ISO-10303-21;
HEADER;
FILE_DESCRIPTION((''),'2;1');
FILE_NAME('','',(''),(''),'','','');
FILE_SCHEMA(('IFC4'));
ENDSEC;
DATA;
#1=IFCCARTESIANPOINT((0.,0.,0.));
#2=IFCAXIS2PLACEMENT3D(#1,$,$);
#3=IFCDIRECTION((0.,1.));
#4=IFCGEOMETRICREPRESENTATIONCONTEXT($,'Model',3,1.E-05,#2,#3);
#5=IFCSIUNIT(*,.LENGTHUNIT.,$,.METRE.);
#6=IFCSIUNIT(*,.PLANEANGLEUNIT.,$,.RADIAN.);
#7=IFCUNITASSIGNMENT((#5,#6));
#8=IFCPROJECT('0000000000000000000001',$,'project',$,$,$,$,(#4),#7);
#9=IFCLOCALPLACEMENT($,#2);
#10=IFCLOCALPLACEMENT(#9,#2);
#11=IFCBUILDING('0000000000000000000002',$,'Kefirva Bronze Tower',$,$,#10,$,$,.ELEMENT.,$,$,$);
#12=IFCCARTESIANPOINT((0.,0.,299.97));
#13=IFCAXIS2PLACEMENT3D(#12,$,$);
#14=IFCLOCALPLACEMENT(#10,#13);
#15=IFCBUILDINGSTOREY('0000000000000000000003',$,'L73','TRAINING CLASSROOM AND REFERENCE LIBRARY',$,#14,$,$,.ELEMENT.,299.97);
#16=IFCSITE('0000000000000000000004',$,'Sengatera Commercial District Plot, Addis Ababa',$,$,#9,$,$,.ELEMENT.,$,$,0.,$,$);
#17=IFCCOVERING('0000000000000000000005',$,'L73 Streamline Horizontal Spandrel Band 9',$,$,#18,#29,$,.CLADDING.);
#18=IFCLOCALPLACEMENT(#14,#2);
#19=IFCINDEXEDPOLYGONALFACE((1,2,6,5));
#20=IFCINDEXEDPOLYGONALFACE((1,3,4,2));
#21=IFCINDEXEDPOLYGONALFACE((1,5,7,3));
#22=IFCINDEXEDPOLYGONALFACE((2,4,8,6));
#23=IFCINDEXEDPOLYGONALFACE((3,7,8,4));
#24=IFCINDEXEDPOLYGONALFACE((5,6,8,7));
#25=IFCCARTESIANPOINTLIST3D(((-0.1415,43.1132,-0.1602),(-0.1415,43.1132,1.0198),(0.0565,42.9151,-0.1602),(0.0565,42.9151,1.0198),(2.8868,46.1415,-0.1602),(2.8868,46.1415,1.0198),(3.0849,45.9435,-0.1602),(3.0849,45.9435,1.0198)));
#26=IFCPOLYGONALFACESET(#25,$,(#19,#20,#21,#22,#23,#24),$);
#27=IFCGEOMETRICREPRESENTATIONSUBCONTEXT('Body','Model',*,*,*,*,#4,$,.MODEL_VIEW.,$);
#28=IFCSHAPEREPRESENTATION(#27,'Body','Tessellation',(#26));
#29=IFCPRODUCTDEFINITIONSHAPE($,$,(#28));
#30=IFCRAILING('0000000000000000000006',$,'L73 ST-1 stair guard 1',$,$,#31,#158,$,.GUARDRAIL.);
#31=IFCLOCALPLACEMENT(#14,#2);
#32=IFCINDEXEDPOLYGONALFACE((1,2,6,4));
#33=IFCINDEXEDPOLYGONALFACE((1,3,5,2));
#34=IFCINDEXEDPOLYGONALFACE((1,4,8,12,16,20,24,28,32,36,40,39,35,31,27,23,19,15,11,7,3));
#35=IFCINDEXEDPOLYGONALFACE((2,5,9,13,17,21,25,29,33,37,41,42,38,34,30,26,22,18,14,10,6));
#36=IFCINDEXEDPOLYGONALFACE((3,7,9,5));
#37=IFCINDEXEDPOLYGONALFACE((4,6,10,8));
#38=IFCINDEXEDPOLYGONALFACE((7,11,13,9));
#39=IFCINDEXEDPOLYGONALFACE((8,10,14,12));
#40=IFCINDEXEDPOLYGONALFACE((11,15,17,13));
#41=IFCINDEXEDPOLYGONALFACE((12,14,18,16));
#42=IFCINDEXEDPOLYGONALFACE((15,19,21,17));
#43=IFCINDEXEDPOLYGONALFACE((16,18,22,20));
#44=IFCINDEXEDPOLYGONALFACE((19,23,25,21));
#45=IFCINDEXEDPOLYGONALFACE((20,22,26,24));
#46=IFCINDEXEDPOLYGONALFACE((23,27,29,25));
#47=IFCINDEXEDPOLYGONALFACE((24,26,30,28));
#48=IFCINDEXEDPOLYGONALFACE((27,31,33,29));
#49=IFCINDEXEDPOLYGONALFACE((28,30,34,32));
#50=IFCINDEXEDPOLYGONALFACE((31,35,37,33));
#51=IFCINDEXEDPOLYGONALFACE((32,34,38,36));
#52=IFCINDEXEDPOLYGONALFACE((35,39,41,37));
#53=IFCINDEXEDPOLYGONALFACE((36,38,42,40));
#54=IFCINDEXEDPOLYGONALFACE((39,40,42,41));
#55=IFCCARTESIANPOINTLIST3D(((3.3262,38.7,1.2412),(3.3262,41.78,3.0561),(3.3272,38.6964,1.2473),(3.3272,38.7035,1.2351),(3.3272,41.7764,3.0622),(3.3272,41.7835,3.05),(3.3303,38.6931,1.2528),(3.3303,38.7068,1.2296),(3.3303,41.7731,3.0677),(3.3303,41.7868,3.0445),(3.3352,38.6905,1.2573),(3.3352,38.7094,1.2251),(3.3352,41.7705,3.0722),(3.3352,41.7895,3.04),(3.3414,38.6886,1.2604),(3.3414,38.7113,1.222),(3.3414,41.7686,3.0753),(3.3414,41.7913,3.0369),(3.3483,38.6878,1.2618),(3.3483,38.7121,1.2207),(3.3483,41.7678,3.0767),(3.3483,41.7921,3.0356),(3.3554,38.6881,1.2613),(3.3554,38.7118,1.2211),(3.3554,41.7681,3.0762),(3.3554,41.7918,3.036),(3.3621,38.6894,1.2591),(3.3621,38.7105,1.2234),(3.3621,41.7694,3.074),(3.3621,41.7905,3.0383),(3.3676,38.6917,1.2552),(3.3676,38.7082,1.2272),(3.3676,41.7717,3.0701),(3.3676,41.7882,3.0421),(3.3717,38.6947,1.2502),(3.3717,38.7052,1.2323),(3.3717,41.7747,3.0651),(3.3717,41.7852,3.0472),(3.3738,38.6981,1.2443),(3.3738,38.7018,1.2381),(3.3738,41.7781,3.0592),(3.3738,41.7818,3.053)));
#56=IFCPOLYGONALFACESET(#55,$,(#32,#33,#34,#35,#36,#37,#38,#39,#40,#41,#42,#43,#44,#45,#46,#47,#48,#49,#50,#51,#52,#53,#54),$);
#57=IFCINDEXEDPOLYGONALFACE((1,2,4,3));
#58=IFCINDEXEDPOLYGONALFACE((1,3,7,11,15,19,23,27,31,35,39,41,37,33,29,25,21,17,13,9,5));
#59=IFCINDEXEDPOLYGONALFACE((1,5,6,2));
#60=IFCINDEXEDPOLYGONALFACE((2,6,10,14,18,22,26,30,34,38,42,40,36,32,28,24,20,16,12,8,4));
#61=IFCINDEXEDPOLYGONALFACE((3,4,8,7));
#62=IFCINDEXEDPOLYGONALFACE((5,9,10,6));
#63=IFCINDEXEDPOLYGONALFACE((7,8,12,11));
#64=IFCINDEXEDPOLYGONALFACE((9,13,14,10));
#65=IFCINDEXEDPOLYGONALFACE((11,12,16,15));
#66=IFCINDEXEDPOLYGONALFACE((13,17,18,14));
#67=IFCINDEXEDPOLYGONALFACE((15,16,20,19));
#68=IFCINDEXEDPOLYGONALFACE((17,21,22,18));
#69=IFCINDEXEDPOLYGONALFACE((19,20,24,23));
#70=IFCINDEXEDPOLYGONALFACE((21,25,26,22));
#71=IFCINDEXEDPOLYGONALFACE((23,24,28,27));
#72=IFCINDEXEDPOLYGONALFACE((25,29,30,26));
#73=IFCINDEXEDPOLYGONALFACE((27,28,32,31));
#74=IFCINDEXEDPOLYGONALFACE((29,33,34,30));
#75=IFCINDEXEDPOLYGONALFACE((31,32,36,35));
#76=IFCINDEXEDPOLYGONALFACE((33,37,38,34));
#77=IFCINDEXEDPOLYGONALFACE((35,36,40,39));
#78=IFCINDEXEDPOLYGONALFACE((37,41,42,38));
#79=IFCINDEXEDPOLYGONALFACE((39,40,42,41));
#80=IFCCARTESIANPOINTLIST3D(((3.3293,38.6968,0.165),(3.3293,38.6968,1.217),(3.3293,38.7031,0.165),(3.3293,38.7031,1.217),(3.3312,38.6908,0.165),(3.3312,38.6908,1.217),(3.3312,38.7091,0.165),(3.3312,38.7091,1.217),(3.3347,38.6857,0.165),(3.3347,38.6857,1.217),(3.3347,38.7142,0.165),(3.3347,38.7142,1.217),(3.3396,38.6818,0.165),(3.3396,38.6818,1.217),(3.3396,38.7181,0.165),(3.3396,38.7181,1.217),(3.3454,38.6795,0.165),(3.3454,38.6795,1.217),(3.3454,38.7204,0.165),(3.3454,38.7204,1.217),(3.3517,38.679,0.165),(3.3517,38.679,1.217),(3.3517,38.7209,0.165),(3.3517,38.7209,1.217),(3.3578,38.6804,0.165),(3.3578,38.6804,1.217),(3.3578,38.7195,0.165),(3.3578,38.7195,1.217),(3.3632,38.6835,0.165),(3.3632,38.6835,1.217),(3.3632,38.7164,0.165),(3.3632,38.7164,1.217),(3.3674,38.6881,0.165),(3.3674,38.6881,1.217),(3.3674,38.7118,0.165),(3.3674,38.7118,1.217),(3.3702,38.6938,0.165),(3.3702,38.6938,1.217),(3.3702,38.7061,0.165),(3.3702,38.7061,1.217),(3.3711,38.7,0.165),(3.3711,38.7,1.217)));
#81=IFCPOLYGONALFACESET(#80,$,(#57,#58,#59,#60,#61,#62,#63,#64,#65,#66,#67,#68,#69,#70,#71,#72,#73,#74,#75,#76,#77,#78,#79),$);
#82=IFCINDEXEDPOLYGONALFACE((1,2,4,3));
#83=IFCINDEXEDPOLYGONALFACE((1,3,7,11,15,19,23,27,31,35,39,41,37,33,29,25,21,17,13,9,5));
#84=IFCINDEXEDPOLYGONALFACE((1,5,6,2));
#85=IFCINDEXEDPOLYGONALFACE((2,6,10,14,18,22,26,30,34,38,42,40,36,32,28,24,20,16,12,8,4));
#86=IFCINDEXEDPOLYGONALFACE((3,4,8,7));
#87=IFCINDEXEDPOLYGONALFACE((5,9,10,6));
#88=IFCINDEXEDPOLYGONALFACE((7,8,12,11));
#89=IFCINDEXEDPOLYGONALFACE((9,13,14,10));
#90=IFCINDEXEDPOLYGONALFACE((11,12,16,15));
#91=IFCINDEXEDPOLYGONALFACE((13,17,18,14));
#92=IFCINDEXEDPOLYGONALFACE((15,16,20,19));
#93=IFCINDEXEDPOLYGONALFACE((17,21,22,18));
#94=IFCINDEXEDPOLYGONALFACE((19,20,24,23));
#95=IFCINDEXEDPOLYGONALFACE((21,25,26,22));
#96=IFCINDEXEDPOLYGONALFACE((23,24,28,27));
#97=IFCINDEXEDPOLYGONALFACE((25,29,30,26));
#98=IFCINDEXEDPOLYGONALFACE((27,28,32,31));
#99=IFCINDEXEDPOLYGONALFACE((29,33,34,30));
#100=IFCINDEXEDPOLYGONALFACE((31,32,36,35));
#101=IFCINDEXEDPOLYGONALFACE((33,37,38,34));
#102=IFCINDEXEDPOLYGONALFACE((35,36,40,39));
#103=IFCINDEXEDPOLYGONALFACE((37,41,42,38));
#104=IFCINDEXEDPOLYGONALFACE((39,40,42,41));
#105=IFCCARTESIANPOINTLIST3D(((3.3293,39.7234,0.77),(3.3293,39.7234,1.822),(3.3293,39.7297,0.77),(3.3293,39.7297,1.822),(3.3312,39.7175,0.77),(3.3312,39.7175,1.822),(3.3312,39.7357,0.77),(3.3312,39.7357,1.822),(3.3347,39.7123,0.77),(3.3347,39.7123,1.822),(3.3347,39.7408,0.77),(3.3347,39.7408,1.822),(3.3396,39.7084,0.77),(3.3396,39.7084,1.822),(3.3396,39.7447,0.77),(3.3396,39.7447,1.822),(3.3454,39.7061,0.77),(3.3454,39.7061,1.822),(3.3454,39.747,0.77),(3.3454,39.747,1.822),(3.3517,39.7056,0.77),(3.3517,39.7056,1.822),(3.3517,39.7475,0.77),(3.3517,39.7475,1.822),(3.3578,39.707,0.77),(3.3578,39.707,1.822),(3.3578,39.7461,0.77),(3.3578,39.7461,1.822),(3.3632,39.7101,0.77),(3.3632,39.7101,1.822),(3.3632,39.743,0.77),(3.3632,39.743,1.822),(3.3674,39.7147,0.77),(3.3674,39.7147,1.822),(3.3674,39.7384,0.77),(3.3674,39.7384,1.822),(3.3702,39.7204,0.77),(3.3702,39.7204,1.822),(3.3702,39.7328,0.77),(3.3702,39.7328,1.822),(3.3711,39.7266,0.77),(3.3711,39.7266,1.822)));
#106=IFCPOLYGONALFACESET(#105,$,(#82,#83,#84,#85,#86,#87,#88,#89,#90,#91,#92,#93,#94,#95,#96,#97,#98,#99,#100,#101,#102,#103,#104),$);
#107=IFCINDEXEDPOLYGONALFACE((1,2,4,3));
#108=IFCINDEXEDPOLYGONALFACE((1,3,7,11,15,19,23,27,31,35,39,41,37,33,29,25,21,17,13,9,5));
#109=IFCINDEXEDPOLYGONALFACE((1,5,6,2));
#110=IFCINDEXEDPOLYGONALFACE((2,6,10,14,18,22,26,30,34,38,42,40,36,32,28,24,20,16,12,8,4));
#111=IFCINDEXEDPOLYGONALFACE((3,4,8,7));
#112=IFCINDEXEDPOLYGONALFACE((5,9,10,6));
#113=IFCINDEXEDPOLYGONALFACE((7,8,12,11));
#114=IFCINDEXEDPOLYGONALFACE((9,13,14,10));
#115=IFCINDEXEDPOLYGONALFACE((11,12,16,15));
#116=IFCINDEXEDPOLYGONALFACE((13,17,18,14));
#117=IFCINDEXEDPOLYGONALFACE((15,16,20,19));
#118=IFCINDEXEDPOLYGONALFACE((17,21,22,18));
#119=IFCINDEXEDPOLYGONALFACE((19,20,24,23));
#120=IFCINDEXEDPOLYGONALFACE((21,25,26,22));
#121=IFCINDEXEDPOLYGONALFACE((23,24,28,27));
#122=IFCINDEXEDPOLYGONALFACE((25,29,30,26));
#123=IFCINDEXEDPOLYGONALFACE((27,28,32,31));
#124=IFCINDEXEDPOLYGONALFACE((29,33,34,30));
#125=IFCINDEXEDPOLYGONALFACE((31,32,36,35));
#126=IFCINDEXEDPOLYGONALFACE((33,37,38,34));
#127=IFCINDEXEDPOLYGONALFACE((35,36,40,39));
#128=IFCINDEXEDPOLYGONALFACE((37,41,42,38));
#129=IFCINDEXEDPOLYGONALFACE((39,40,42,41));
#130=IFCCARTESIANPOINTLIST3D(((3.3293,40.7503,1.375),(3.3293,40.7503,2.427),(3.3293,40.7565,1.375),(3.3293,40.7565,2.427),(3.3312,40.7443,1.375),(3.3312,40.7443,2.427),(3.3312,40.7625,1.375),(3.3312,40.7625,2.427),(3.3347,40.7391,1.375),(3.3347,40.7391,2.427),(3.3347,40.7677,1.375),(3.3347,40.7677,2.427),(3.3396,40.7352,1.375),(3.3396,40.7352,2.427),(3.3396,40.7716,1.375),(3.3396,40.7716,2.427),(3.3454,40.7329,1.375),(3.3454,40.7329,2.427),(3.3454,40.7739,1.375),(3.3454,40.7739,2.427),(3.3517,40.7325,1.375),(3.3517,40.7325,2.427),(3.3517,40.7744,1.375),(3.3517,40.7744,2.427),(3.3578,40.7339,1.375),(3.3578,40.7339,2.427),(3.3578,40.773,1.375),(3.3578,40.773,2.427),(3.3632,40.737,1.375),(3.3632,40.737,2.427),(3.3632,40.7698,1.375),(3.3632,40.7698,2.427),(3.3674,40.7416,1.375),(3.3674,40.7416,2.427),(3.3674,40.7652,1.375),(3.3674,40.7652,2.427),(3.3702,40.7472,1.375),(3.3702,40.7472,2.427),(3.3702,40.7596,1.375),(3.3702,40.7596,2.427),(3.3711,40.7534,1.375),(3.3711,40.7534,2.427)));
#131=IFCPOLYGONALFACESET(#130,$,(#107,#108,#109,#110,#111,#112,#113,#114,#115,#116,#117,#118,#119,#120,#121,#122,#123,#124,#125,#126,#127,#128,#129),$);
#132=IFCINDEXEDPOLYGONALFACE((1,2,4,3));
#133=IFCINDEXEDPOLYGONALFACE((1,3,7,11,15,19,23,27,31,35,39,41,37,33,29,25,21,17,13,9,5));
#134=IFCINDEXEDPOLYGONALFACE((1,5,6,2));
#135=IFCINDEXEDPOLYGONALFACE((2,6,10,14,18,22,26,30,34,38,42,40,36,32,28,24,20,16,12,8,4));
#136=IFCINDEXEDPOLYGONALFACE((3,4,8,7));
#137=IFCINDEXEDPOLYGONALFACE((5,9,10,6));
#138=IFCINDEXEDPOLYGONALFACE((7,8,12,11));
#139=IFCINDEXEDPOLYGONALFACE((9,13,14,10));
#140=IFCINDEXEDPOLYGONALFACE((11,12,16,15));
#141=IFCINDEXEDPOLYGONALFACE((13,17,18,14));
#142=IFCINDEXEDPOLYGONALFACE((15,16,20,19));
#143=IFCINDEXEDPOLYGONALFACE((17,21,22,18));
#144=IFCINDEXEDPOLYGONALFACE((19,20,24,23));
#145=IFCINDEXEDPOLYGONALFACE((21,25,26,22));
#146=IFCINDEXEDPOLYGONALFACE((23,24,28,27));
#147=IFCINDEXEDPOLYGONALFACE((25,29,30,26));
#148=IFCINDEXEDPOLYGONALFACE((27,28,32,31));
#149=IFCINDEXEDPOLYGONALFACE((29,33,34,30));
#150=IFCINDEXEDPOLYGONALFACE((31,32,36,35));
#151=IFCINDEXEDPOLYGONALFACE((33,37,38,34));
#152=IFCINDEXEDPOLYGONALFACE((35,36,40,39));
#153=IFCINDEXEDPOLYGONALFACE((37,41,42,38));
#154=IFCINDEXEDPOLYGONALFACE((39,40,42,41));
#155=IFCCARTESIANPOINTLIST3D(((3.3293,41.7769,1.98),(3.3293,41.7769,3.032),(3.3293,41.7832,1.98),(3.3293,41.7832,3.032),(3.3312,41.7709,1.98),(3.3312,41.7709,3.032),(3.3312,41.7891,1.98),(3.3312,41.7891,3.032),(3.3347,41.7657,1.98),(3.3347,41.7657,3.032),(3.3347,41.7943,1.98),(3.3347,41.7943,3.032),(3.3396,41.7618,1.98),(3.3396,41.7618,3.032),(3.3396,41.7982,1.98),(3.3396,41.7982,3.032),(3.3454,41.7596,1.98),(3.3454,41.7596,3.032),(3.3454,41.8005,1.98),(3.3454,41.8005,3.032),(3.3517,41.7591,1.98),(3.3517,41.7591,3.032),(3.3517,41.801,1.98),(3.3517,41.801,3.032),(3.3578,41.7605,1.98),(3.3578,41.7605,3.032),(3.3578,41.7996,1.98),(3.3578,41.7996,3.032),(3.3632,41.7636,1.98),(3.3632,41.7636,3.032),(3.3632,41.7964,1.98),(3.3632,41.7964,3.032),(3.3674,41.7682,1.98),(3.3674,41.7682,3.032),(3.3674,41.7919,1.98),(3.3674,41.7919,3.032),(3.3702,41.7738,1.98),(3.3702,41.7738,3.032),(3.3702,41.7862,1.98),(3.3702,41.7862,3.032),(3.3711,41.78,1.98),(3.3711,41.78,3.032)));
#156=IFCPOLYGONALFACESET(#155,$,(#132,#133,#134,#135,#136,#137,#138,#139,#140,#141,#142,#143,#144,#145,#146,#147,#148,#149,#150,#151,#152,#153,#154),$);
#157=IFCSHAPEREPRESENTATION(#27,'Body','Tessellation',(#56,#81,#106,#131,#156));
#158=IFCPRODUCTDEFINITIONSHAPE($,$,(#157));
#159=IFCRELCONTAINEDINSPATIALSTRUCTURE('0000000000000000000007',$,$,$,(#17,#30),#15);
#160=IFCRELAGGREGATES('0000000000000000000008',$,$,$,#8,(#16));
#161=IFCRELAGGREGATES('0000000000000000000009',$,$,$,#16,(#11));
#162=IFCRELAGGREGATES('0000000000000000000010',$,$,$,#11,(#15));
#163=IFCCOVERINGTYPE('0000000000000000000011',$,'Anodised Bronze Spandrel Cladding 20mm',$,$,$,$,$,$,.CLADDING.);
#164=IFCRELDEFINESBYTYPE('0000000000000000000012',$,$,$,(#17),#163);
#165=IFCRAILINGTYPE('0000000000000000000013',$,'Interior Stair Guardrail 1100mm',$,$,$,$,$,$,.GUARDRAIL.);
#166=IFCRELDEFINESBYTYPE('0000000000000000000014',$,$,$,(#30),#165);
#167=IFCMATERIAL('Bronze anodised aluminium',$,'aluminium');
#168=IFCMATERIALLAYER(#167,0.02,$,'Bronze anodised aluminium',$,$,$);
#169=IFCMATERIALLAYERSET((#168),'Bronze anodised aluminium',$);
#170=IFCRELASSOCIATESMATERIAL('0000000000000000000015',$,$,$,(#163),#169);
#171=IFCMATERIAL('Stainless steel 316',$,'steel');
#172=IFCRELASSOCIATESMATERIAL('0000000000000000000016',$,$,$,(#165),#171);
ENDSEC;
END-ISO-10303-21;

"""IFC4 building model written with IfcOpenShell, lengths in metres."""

from ifc_helpers import new_model, si_unit, direction, frame, origin, origin_2d, place, context, subcontext, project, spatial, rectangle, circle, extrude, material, layer, layer_set, type_object, element, save


model = new_model("IFC4")

# Units and contexts
model_context = context("Model", 3, precision=1e-05, world=origin(), true_north=direction((0.0, 1.0)))
body_context = subcontext(model_context, "Body", "Model", "MODEL_VIEW")
ifc_project = project(units=[si_unit("LENGTHUNIT", "METRE"), si_unit("PLANEANGLEUNIT", "RADIAN")], contexts=[model_context])

# Site, building, storey
site_placement = place(None, origin())
site = spatial("IfcSite", under=ifc_project, at=site_placement, Name="Sengatera Commercial District Plot, Addis Ababa", CompositionType="ELEMENT", RefElevation=0.0)
building_placement = place(site_placement, origin())
building = spatial("IfcBuilding", under=site, at=building_placement, Name="Kefirva Bronze Tower", CompositionType="ELEMENT")
storey_placement = place(building_placement, frame((0.0, 0.0, 299.97)))
storey = spatial("IfcBuildingStorey", under=building, at=storey_placement, Name="L73", Description="TRAINING CLASSROOM AND REFERENCE LIBRARY", CompositionType="ELEMENT", Elevation=299.97)

# Covering
ifc_material_1 = material(Name="Bronze anodised aluminium", Category="aluminium")
ifc_layer_1 = layer(ifc_material_1, 0.02, Name="Bronze anodised aluminium")
ifc_layer_set_1 = layer_set([ifc_layer_1], Name="Bronze anodised aluminium")
covering_type_1 = type_object("IfcCoveringType", Name="Anodised Bronze Spandrel Cladding 20mm", PredefinedType="CLADDING", material=ifc_layer_set_1)
covering_1_placement = place(storey_placement, frame((1.4717, 44.5283, -0.1602), z_axis=(0.0, 0.0, 1.0), x_axis=(-0.707107, -0.707107, 0.0)))
element("IfcCovering", 1, at=covering_1_placement, inside=storey, type_object=covering_type_1, Name="L73 Streamline Horizontal Spandrel Band 9", PredefinedType="CLADDING", context=body_context, shape_type="SweptSolid", body=[
    extrude(rectangle(XDim=4.2827, YDim=0.28, at=origin_2d()), origin(), (0.0, 0.0, 1.0), 1.1799),
])

# Railing
ifc_material_2 = material(Name="Stainless steel 316", Category="steel")
railing_type_1 = type_object("IfcRailingType", Name="Interior Stair Guardrail 1100mm", PredefinedType="GUARDRAIL", material=ifc_material_2)
railing_1_placement = place(storey_placement, frame((3.3501, 38.7, 0.165)))
element("IfcRailing", 2, at=railing_1_placement, inside=storey, type_object=railing_type_1, Name="L73 ST-1 stair guard 1", PredefinedType="GUARDRAIL", context=body_context, shape_type="SweptSolid", body=[
    extrude(circle(Radius=0.0239, at=origin_2d()), frame((0.0, 0.0, 1.0762), z_axis=(0.0, 0.861551, 0.507671), x_axis=(-1.0, 0.0, 0.0)), (0.0, 0.0, 1.0), 3.575),
    extrude(circle(Radius=0.021, at=origin_2d()), origin(), (0.0, 0.0, 1.0), 1.052),
    extrude(circle(Radius=0.021, at=origin_2d()), frame((0.0, 1.0266, 0.605)), (0.0, 0.0, 1.0), 1.052),
    extrude(circle(Radius=0.021, at=origin_2d()), frame((0.0, 2.0535, 1.21)), (0.0, 0.0, 1.0), 1.052),
    extrude(circle(Radius=0.021, at=origin_2d()), frame((0.0, 3.0801, 1.8149)), (0.0, 0.0, 1.0), 1.052),
])

save(model, "model.ifc")
